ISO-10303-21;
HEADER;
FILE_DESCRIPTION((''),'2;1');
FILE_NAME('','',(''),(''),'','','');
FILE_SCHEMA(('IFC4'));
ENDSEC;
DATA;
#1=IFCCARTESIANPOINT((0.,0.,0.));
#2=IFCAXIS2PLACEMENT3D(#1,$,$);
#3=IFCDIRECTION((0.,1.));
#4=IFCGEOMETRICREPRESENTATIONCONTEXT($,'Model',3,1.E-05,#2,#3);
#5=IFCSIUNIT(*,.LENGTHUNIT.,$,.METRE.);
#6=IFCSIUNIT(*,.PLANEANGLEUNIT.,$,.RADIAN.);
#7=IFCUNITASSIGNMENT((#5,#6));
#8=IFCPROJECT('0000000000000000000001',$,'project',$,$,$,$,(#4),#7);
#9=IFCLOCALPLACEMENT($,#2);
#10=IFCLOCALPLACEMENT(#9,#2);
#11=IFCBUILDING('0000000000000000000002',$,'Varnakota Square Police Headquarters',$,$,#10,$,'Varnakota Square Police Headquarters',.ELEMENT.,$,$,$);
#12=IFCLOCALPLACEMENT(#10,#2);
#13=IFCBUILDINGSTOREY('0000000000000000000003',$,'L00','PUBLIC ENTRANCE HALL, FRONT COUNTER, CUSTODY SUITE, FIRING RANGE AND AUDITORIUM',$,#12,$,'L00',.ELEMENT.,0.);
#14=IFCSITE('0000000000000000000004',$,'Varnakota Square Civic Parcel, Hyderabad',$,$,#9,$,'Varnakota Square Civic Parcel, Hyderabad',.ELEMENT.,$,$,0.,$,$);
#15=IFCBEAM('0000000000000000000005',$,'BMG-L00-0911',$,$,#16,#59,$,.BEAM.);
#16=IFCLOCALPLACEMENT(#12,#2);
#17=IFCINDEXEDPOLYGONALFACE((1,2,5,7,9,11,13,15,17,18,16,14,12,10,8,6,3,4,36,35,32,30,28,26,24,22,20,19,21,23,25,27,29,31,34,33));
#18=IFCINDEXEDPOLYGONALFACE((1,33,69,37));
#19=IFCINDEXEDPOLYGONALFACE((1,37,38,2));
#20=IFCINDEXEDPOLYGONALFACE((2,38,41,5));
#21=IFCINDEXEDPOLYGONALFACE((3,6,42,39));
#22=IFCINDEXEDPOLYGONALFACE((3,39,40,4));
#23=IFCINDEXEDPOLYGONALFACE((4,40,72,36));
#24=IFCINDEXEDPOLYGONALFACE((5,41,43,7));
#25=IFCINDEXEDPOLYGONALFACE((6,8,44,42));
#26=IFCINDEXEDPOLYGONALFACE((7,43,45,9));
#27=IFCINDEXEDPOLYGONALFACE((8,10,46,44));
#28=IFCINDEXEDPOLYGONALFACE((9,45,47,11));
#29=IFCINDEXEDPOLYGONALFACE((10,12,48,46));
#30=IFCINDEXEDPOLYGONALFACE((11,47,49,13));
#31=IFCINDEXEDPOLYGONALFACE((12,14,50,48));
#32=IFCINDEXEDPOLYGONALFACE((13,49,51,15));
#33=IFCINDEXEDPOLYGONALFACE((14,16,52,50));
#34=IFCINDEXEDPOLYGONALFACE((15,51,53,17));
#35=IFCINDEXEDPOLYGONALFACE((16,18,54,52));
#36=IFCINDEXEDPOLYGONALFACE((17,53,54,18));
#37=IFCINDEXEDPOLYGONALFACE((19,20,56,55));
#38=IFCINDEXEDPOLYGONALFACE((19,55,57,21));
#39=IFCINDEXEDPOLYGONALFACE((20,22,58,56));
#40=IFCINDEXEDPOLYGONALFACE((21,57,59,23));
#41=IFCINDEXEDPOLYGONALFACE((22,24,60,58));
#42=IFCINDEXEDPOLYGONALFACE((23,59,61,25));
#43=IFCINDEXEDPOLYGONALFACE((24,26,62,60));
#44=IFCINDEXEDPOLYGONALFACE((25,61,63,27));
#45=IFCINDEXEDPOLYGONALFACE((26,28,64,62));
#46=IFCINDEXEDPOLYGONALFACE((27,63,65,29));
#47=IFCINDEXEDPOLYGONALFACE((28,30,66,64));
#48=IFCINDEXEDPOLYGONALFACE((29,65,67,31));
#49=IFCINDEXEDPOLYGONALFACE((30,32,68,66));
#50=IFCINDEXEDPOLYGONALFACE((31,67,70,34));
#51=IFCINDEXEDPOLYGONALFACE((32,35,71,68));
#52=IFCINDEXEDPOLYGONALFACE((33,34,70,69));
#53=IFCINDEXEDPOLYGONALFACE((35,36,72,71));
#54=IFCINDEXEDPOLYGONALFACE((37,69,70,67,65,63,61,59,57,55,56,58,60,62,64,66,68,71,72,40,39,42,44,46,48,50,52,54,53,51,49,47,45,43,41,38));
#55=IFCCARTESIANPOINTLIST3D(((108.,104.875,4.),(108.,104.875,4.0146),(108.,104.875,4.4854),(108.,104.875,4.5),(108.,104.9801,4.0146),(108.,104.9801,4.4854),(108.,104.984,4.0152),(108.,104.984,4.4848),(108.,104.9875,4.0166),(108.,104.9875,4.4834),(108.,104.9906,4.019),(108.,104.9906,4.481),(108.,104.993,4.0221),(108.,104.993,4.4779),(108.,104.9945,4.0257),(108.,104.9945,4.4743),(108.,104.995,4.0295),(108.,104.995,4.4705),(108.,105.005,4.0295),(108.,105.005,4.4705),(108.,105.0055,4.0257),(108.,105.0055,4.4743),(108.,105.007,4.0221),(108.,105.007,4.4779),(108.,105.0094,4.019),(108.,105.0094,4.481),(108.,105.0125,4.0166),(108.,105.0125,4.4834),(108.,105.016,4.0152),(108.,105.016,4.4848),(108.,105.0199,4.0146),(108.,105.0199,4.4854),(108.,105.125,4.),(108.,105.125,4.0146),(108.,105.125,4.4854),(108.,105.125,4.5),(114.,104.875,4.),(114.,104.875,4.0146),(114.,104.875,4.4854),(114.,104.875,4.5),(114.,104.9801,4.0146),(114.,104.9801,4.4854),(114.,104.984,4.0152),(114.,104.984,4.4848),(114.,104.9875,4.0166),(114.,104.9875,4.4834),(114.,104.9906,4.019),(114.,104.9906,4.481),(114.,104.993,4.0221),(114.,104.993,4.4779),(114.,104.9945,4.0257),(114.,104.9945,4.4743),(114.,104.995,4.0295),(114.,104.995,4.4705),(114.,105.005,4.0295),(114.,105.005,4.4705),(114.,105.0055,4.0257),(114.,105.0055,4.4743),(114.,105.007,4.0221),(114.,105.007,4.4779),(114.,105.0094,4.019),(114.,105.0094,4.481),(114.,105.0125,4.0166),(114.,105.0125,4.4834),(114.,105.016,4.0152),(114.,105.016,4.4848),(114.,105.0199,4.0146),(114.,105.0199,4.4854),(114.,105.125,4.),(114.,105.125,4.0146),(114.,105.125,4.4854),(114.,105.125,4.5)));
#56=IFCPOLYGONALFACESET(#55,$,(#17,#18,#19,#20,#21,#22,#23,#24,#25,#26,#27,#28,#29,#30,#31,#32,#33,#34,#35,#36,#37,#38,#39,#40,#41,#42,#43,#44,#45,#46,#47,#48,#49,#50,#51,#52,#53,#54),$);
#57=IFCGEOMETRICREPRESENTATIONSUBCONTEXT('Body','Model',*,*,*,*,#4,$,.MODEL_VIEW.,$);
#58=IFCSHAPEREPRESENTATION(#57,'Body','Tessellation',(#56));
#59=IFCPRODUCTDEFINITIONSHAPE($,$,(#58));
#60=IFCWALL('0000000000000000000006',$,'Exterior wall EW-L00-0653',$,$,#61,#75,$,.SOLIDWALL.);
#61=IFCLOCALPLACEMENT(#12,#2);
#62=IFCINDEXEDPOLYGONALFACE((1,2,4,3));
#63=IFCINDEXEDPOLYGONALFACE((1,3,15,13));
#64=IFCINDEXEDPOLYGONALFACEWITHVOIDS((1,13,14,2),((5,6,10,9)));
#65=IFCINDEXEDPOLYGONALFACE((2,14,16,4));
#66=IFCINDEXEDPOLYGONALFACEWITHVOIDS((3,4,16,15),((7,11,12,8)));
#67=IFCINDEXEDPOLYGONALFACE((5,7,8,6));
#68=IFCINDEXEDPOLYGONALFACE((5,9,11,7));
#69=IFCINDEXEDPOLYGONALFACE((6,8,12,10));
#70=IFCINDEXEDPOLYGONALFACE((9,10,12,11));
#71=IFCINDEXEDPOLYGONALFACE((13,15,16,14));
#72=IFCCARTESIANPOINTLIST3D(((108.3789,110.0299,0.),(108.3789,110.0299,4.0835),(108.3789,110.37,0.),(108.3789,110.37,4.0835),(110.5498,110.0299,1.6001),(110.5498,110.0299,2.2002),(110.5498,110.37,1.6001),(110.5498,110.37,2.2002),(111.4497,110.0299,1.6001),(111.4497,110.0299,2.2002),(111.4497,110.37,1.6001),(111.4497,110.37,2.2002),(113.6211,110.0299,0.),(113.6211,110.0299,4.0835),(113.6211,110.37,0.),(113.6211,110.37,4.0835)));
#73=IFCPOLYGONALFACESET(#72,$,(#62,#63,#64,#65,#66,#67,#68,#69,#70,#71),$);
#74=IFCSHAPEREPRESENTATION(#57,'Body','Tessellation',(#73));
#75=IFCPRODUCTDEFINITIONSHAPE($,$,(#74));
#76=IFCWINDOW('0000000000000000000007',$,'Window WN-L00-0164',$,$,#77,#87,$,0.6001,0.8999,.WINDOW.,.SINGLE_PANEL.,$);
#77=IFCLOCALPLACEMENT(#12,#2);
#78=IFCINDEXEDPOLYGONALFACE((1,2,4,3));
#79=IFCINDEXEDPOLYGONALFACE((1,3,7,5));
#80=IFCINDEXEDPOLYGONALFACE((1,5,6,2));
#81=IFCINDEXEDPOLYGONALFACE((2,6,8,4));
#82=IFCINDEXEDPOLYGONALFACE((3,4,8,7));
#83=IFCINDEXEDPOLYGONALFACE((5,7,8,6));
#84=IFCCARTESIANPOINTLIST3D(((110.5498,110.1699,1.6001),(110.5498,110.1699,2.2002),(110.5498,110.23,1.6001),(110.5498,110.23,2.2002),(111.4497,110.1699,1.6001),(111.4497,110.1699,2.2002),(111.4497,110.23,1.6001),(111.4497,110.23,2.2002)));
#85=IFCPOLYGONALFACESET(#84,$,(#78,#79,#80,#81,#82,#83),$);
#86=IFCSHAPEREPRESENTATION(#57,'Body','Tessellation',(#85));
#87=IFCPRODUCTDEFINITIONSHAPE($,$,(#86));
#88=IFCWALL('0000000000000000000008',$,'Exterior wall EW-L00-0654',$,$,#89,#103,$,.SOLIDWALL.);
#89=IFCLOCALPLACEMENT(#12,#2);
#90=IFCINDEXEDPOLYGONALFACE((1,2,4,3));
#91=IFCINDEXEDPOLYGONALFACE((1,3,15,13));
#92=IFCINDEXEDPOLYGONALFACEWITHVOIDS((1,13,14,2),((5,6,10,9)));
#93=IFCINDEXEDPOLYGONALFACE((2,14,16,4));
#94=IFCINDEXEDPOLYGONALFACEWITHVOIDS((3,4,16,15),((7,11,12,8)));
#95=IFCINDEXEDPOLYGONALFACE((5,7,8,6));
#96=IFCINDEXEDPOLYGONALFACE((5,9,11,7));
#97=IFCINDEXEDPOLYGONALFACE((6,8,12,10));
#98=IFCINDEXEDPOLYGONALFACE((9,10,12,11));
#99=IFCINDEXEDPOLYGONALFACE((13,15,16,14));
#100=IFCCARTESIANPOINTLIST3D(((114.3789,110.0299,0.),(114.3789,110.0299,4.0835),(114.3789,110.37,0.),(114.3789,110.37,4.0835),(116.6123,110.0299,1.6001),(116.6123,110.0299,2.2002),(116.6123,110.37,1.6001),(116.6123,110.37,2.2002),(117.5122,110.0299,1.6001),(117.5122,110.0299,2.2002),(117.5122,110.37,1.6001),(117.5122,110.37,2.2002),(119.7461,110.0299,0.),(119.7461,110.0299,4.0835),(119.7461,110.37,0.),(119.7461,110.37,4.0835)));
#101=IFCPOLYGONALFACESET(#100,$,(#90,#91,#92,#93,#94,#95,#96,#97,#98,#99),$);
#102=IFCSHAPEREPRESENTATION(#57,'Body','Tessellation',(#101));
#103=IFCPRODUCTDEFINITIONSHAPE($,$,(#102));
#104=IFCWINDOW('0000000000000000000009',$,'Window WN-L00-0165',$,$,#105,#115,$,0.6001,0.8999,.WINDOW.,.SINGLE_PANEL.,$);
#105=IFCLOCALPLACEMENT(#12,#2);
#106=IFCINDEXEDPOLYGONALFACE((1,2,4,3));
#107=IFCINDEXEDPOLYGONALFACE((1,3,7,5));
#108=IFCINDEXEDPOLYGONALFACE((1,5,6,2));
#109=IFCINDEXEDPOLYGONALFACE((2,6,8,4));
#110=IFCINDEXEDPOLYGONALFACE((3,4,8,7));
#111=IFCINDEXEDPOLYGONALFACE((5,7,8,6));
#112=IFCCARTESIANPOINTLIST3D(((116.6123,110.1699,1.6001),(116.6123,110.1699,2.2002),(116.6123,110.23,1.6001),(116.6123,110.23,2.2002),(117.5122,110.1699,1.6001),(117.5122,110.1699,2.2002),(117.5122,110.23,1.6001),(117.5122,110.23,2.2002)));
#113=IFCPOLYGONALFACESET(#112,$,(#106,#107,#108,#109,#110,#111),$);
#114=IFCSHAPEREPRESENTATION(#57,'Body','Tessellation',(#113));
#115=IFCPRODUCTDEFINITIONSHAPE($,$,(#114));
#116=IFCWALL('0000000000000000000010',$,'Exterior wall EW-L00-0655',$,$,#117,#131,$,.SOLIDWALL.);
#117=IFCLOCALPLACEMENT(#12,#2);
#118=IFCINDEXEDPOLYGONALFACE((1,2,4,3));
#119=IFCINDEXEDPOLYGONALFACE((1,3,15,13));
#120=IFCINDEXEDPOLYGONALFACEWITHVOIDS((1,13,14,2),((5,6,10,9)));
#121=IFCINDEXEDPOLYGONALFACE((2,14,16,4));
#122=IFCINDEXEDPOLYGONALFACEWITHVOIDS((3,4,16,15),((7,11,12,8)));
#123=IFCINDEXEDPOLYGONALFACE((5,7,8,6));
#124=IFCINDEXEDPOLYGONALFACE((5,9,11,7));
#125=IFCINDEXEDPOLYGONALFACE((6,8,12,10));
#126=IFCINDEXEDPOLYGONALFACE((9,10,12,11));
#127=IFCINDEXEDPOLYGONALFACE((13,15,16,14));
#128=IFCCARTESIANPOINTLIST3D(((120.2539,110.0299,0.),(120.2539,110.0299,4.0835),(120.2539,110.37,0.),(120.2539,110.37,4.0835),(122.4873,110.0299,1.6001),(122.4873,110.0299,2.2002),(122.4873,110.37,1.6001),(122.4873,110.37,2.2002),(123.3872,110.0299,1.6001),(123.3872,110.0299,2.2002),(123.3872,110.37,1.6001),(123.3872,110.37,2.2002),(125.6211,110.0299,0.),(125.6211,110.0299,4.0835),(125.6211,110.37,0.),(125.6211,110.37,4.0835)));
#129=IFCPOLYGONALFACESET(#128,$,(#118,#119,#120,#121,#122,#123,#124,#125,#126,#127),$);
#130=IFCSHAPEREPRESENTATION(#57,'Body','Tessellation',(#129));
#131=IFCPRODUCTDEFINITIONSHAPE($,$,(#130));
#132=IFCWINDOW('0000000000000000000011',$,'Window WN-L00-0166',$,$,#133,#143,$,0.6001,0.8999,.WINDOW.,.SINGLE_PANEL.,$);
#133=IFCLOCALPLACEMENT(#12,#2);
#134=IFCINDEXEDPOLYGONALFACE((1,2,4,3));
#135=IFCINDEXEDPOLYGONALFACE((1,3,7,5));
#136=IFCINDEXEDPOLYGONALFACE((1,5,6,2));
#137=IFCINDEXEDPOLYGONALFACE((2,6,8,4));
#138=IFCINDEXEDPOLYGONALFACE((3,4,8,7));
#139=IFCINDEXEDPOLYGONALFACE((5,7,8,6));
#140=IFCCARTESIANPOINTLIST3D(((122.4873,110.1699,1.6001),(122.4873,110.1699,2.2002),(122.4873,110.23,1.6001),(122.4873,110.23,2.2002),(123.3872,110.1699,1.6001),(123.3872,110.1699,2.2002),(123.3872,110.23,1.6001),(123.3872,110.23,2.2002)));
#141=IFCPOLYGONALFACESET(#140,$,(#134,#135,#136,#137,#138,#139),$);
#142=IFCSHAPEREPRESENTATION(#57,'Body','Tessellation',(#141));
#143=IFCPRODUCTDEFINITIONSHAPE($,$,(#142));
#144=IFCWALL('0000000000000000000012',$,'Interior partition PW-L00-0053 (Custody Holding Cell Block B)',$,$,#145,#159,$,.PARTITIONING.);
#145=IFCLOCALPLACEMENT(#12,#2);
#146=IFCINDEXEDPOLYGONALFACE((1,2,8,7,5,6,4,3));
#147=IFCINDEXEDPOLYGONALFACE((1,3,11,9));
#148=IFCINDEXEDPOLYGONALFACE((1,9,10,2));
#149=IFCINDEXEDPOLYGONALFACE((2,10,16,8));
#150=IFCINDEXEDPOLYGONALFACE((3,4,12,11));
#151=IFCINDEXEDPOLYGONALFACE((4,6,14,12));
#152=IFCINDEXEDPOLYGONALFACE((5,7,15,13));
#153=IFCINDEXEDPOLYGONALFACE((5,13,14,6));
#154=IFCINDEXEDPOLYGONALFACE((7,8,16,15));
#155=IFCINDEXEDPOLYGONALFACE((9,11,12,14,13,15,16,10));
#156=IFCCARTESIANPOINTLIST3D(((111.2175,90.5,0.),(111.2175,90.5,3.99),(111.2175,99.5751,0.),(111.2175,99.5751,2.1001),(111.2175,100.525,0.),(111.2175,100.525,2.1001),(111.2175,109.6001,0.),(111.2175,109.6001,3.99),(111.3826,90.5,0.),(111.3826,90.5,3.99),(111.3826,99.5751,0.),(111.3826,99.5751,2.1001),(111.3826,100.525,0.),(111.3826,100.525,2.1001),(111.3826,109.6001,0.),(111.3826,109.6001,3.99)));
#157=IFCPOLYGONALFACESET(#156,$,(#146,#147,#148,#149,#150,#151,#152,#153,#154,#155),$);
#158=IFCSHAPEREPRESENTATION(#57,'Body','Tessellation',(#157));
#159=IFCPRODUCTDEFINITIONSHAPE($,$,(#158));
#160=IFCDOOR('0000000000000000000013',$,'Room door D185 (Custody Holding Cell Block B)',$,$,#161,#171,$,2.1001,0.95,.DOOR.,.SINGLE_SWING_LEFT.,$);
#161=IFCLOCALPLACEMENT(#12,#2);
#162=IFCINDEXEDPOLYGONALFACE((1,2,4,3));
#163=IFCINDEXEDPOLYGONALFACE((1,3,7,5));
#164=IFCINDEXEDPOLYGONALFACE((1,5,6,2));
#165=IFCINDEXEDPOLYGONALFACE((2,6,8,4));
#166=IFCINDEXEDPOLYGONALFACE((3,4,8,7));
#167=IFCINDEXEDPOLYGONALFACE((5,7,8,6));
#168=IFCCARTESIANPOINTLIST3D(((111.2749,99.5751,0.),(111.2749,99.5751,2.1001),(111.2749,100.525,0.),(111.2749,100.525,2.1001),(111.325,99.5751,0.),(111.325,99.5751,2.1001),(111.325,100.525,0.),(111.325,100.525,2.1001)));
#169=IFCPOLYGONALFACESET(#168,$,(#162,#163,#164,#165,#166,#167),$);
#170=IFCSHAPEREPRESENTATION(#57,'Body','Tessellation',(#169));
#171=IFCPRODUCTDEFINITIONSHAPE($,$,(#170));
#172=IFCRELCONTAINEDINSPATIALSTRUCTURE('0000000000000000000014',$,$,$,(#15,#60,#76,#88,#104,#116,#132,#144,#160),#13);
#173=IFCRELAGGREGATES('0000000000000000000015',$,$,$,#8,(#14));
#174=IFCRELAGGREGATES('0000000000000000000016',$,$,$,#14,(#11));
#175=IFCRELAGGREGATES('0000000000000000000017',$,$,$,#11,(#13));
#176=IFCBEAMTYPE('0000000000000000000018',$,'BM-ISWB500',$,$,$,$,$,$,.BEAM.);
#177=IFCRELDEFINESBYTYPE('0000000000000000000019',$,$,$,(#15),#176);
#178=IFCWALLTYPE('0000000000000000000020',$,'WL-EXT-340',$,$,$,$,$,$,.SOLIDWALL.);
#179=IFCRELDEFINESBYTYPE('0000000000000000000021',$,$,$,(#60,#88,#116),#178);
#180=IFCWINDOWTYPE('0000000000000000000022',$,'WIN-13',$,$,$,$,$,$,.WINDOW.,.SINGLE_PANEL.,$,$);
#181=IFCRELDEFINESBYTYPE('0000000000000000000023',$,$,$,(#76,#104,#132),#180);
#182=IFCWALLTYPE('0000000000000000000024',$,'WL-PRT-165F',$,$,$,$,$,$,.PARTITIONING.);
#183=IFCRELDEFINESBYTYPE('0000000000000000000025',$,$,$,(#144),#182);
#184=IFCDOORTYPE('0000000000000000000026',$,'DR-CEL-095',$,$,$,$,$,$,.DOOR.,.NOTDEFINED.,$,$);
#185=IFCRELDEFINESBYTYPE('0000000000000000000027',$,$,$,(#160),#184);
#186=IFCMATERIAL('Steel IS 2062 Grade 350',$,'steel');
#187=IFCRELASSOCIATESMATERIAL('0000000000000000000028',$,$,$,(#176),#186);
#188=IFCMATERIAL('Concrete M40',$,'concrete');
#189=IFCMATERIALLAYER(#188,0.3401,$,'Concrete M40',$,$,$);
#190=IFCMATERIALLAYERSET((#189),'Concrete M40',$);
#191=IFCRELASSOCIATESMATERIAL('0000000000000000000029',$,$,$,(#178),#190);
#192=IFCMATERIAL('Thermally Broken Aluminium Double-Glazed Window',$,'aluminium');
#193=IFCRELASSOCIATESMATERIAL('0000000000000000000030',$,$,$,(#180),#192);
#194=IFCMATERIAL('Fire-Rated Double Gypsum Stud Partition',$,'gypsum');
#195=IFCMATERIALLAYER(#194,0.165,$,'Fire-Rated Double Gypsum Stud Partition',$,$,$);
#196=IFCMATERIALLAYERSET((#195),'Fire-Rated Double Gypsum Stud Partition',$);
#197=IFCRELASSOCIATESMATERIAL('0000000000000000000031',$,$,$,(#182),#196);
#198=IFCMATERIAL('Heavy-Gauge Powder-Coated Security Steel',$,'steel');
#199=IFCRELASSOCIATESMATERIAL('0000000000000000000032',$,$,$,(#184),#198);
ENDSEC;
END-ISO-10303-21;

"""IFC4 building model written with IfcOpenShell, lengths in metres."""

from ifc_helpers import new_model, si_unit, direction, frame, frame_2d, origin, origin_2d, place, context, subcontext, project, spatial, rectangle, i_section, extrude, material, layer, layer_set, material_profile, profile_set, type_object, element, fill, save


model = new_model("IFC4")

# Units and contexts
model_context = context("Model", 3, precision=1e-05, world=origin(), true_north=direction((0.0, 1.0)))
body_context = subcontext(model_context, "Body", "Model", "MODEL_VIEW")
ifc_project = project(units=[si_unit("LENGTHUNIT", "METRE"), si_unit("PLANEANGLEUNIT", "RADIAN")], contexts=[model_context])

# Site, building, storey
site_placement = place(None, origin())
site = spatial("IfcSite", under=ifc_project, at=site_placement, Name="Varnakota Square Civic Parcel, Hyderabad", LongName="Varnakota Square Civic Parcel, Hyderabad", CompositionType="ELEMENT", RefElevation=0.0)
building_placement = place(site_placement, origin())
building = spatial("IfcBuilding", under=site, at=building_placement, Name="Varnakota Square Police Headquarters", LongName="Varnakota Square Police Headquarters", CompositionType="ELEMENT")
storey_placement = place(building_placement, origin())
storey = spatial("IfcBuildingStorey", under=building, at=storey_placement, Name="L00", Description="PUBLIC ENTRANCE HALL, FRONT COUNTER, CUSTODY SUITE, FIRING RANGE AND AUDITORIUM", LongName="L00", CompositionType="ELEMENT", Elevation=0.0)

# Beam
ifc_material_1 = material(Name="Steel IS 2062 Grade 350", Category="steel")
ifc_material_profile_1 = material_profile(ifc_material_1, i_section(OverallWidth=0.25, OverallDepth=0.5, WebThickness=0.01, FlangeThickness=0.0146, FilletRadius=0.0149, at=origin_2d()), Name="ISWB 500")
ifc_profile_set_1 = profile_set([ifc_material_profile_1], Name="Steel IS 2062 Grade 350")
beam_type_1 = type_object("IfcBeamType", Name="BM-ISWB500", PredefinedType="BEAM", material=ifc_profile_set_1)
beam_1_placement = place(storey_placement, frame((108.0, 105.0, 4.25), z_axis=(1.0, 0.0, 0.0), x_axis=(0.0, 1.0, 0.0)))
element("IfcBeam", 1, at=beam_1_placement, inside=storey, type_object=beam_type_1, Name="BMG-L00-0911", PredefinedType="BEAM", context=body_context, shape_type="SweptSolid", body=[
    extrude(i_section(OverallWidth=0.25, OverallDepth=0.5, WebThickness=0.01, FlangeThickness=0.0146, FilletRadius=0.0149, at=origin_2d()), origin(), (0.0, 0.0, 1.0), 6.0),
])

# Walls, openings, windows
ifc_material_2 = material(Name="Concrete M40", Category="concrete")
ifc_layer_1 = layer(ifc_material_2, 0.3401, Name="Concrete M40")
ifc_layer_set_1 = layer_set([ifc_layer_1], Name="Concrete M40")
wall_type_1 = type_object("IfcWallType", Name="WL-EXT-340", PredefinedType="SOLIDWALL", material=ifc_layer_set_1)
wall_1_placement = place(storey_placement, frame((108.3789, 110.2, 0.0), z_axis=(0.0, 0.0, 1.0), x_axis=(1.0, 0.0, 0.0)))
wall_1 = element("IfcWall", 2, at=wall_1_placement, inside=storey, type_object=wall_type_1, Name="Exterior wall EW-L00-0653", PredefinedType="SOLIDWALL", context=body_context, shape_type="SweptSolid", body=[
    extrude(rectangle(XDim=5.2422, YDim=0.3401, at=frame_2d((2.6211, 0.0))), origin(), (0.0, 0.0, 1.0), 4.0835),
])
opening_1_placement = place(wall_1_placement, frame((2.1709, 0.0, 1.6001)))
opening_1 = element("IfcOpeningElement", 3, at=opening_1_placement, cuts=wall_1, PredefinedType="OPENING", context=body_context, shape_type="SweptSolid", body=[
    extrude(rectangle(XDim=0.8999, YDim=0.6001, at=frame_2d((0.45, 0.3))), frame((0.0, 0.1799, 0.0), z_axis=(0.0, -1.0, 0.0), x_axis=(1.0, 0.0, 0.0)), (0.0, 0.0, 1.0), 0.3601),
])
ifc_material_3 = material(Name="Thermally Broken Aluminium Double-Glazed Window", Category="aluminium")
window_type = type_object("IfcWindowType", Name="WIN-13", PartitioningType="SINGLE_PANEL", PredefinedType="WINDOW", material=ifc_material_3)
window_1_placement = place(opening_1_placement, origin())
window_1 = element("IfcWindow", 4, at=window_1_placement, inside=storey, type_object=window_type, Name="Window WN-L00-0164", OverallHeight=0.6001, OverallWidth=0.8999, PartitioningType="SINGLE_PANEL", PredefinedType="WINDOW", context=body_context, shape_type="SweptSolid", body=[
    extrude(rectangle(XDim=0.8999, YDim=0.6001, at=frame_2d((0.45, 0.3))), frame((0.0, 0.03, 0.0), z_axis=(0.0, -1.0, 0.0), x_axis=(1.0, 0.0, 0.0)), (0.0, 0.0, 1.0), 0.0601),
])
fill(opening_1, window_1)
wall_2_placement = place(storey_placement, frame((114.3789, 110.2, 0.0), z_axis=(0.0, 0.0, 1.0), x_axis=(1.0, 0.0, 0.0)))
wall_2 = element("IfcWall", 5, at=wall_2_placement, inside=storey, type_object=wall_type_1, Name="Exterior wall EW-L00-0654", PredefinedType="SOLIDWALL", context=body_context, shape_type="SweptSolid", body=[
    extrude(rectangle(XDim=5.3672, YDim=0.3401, at=frame_2d((2.6836, 0.0))), origin(), (0.0, 0.0, 1.0), 4.0835),
])
opening_2_placement = place(wall_2_placement, frame((2.2334, 0.0, 1.6001)))
opening_2 = element("IfcOpeningElement", 6, at=opening_2_placement, cuts=wall_2, PredefinedType="OPENING", context=body_context, shape_type="SweptSolid", body=[
    extrude(rectangle(XDim=0.8999, YDim=0.6001, at=frame_2d((0.45, 0.3))), frame((0.0, 0.1799, 0.0), z_axis=(0.0, -1.0, 0.0), x_axis=(1.0, 0.0, 0.0)), (0.0, 0.0, 1.0), 0.3601),
])
window_2_placement = place(opening_2_placement, origin())
window_2 = element("IfcWindow", 7, at=window_2_placement, inside=storey, type_object=window_type, Name="Window WN-L00-0165", OverallHeight=0.6001, OverallWidth=0.8999, PartitioningType="SINGLE_PANEL", PredefinedType="WINDOW", context=body_context, shape_type="SweptSolid", body=[
    extrude(rectangle(XDim=0.8999, YDim=0.6001, at=frame_2d((0.45, 0.3))), frame((0.0, 0.03, 0.0), z_axis=(0.0, -1.0, 0.0), x_axis=(1.0, 0.0, 0.0)), (0.0, 0.0, 1.0), 0.0601),
])
fill(opening_2, window_2)
wall_3_placement = place(storey_placement, frame((120.2539, 110.2, 0.0), z_axis=(0.0, 0.0, 1.0), x_axis=(1.0, 0.0, 0.0)))
wall_3 = element("IfcWall", 8, at=wall_3_placement, inside=storey, type_object=wall_type_1, Name="Exterior wall EW-L00-0655", PredefinedType="SOLIDWALL", context=body_context, shape_type="SweptSolid", body=[
    extrude(rectangle(XDim=5.3672, YDim=0.3401, at=frame_2d((2.6836, 0.0))), origin(), (0.0, 0.0, 1.0), 4.0835),
])
opening_3_placement = place(wall_3_placement, frame((2.2334, 0.0, 1.6001)))
opening_3 = element("IfcOpeningElement", 9, at=opening_3_placement, cuts=wall_3, PredefinedType="OPENING", context=body_context, shape_type="SweptSolid", body=[
    extrude(rectangle(XDim=0.8999, YDim=0.6001, at=frame_2d((0.45, 0.3))), frame((0.0, 0.1799, 0.0), z_axis=(0.0, -1.0, 0.0), x_axis=(1.0, 0.0, 0.0)), (0.0, 0.0, 1.0), 0.3601),
])
window_3_placement = place(opening_3_placement, origin())
window_3 = element("IfcWindow", 10, at=window_3_placement, inside=storey, type_object=window_type, Name="Window WN-L00-0166", OverallHeight=0.6001, OverallWidth=0.8999, PartitioningType="SINGLE_PANEL", PredefinedType="WINDOW", context=body_context, shape_type="SweptSolid", body=[
    extrude(rectangle(XDim=0.8999, YDim=0.6001, at=frame_2d((0.45, 0.3))), frame((0.0, 0.03, 0.0), z_axis=(0.0, -1.0, 0.0), x_axis=(1.0, 0.0, 0.0)), (0.0, 0.0, 1.0), 0.0601),
])
fill(opening_3, window_3)

# Wall, opening, door
ifc_material_4 = material(Name="Fire-Rated Double Gypsum Stud Partition", Category="gypsum")
ifc_layer_2 = layer(ifc_material_4, 0.165, Name="Fire-Rated Double Gypsum Stud Partition")
ifc_layer_set_2 = layer_set([ifc_layer_2], Name="Fire-Rated Double Gypsum Stud Partition")
wall_type_2 = type_object("IfcWallType", Name="WL-PRT-165F", PredefinedType="PARTITIONING", material=ifc_layer_set_2)
wall_4_placement = place(storey_placement, frame((111.3, 109.6001, 0.0), z_axis=(0.0, 0.0, 1.0), x_axis=(0.0, -1.0, 0.0)))
wall_4 = element("IfcWall", 11, at=wall_4_placement, inside=storey, type_object=wall_type_2, Name="Interior partition PW-L00-0053 (Custody Holding Cell Block B)", PredefinedType="PARTITIONING", context=body_context, shape_type="SweptSolid", body=[
    extrude(rectangle(XDim=19.1001, YDim=0.165, at=frame_2d((9.55, 0.0))), origin(), (0.0, 0.0, 1.0), 3.99),
])
opening_4_placement = place(wall_4_placement, frame((9.075, 0.0, 0.0)))
opening_4 = element("IfcOpeningElement", 12, at=opening_4_placement, cuts=wall_4, PredefinedType="OPENING", context=body_context, shape_type="SweptSolid", body=[
    extrude(rectangle(XDim=0.95, YDim=2.1001, at=frame_2d((0.4751, 1.05))), frame((0.0, 0.0925, 0.0), z_axis=(0.0, -1.0, 0.0), x_axis=(1.0, 0.0, 0.0)), (0.0, 0.0, 1.0), 0.1851),
])
ifc_material_5 = material(Name="Heavy-Gauge Powder-Coated Security Steel", Category="steel")
door_type = type_object("IfcDoorType", Name="DR-CEL-095", OperationType="NOTDEFINED", PredefinedType="DOOR", material=ifc_material_5)
door_placement = place(opening_4_placement, origin())
door = element("IfcDoor", 13, at=door_placement, inside=storey, type_object=door_type, Name="Room door D185 (Custody Holding Cell Block B)", OperationType="SINGLE_SWING_LEFT", OverallHeight=2.1001, OverallWidth=0.95, PredefinedType="DOOR", context=body_context, shape_type="SweptSolid", body=[
    extrude(rectangle(XDim=0.95, YDim=2.1001, at=frame_2d((0.4751, 1.05))), frame((0.0, 0.0249, 0.0), z_axis=(0.0, -1.0, 0.0), x_axis=(1.0, 0.0, 0.0)), (0.0, 0.0, 1.0), 0.05),
])
fill(opening_4, door)

save(model, "model.ifc")
